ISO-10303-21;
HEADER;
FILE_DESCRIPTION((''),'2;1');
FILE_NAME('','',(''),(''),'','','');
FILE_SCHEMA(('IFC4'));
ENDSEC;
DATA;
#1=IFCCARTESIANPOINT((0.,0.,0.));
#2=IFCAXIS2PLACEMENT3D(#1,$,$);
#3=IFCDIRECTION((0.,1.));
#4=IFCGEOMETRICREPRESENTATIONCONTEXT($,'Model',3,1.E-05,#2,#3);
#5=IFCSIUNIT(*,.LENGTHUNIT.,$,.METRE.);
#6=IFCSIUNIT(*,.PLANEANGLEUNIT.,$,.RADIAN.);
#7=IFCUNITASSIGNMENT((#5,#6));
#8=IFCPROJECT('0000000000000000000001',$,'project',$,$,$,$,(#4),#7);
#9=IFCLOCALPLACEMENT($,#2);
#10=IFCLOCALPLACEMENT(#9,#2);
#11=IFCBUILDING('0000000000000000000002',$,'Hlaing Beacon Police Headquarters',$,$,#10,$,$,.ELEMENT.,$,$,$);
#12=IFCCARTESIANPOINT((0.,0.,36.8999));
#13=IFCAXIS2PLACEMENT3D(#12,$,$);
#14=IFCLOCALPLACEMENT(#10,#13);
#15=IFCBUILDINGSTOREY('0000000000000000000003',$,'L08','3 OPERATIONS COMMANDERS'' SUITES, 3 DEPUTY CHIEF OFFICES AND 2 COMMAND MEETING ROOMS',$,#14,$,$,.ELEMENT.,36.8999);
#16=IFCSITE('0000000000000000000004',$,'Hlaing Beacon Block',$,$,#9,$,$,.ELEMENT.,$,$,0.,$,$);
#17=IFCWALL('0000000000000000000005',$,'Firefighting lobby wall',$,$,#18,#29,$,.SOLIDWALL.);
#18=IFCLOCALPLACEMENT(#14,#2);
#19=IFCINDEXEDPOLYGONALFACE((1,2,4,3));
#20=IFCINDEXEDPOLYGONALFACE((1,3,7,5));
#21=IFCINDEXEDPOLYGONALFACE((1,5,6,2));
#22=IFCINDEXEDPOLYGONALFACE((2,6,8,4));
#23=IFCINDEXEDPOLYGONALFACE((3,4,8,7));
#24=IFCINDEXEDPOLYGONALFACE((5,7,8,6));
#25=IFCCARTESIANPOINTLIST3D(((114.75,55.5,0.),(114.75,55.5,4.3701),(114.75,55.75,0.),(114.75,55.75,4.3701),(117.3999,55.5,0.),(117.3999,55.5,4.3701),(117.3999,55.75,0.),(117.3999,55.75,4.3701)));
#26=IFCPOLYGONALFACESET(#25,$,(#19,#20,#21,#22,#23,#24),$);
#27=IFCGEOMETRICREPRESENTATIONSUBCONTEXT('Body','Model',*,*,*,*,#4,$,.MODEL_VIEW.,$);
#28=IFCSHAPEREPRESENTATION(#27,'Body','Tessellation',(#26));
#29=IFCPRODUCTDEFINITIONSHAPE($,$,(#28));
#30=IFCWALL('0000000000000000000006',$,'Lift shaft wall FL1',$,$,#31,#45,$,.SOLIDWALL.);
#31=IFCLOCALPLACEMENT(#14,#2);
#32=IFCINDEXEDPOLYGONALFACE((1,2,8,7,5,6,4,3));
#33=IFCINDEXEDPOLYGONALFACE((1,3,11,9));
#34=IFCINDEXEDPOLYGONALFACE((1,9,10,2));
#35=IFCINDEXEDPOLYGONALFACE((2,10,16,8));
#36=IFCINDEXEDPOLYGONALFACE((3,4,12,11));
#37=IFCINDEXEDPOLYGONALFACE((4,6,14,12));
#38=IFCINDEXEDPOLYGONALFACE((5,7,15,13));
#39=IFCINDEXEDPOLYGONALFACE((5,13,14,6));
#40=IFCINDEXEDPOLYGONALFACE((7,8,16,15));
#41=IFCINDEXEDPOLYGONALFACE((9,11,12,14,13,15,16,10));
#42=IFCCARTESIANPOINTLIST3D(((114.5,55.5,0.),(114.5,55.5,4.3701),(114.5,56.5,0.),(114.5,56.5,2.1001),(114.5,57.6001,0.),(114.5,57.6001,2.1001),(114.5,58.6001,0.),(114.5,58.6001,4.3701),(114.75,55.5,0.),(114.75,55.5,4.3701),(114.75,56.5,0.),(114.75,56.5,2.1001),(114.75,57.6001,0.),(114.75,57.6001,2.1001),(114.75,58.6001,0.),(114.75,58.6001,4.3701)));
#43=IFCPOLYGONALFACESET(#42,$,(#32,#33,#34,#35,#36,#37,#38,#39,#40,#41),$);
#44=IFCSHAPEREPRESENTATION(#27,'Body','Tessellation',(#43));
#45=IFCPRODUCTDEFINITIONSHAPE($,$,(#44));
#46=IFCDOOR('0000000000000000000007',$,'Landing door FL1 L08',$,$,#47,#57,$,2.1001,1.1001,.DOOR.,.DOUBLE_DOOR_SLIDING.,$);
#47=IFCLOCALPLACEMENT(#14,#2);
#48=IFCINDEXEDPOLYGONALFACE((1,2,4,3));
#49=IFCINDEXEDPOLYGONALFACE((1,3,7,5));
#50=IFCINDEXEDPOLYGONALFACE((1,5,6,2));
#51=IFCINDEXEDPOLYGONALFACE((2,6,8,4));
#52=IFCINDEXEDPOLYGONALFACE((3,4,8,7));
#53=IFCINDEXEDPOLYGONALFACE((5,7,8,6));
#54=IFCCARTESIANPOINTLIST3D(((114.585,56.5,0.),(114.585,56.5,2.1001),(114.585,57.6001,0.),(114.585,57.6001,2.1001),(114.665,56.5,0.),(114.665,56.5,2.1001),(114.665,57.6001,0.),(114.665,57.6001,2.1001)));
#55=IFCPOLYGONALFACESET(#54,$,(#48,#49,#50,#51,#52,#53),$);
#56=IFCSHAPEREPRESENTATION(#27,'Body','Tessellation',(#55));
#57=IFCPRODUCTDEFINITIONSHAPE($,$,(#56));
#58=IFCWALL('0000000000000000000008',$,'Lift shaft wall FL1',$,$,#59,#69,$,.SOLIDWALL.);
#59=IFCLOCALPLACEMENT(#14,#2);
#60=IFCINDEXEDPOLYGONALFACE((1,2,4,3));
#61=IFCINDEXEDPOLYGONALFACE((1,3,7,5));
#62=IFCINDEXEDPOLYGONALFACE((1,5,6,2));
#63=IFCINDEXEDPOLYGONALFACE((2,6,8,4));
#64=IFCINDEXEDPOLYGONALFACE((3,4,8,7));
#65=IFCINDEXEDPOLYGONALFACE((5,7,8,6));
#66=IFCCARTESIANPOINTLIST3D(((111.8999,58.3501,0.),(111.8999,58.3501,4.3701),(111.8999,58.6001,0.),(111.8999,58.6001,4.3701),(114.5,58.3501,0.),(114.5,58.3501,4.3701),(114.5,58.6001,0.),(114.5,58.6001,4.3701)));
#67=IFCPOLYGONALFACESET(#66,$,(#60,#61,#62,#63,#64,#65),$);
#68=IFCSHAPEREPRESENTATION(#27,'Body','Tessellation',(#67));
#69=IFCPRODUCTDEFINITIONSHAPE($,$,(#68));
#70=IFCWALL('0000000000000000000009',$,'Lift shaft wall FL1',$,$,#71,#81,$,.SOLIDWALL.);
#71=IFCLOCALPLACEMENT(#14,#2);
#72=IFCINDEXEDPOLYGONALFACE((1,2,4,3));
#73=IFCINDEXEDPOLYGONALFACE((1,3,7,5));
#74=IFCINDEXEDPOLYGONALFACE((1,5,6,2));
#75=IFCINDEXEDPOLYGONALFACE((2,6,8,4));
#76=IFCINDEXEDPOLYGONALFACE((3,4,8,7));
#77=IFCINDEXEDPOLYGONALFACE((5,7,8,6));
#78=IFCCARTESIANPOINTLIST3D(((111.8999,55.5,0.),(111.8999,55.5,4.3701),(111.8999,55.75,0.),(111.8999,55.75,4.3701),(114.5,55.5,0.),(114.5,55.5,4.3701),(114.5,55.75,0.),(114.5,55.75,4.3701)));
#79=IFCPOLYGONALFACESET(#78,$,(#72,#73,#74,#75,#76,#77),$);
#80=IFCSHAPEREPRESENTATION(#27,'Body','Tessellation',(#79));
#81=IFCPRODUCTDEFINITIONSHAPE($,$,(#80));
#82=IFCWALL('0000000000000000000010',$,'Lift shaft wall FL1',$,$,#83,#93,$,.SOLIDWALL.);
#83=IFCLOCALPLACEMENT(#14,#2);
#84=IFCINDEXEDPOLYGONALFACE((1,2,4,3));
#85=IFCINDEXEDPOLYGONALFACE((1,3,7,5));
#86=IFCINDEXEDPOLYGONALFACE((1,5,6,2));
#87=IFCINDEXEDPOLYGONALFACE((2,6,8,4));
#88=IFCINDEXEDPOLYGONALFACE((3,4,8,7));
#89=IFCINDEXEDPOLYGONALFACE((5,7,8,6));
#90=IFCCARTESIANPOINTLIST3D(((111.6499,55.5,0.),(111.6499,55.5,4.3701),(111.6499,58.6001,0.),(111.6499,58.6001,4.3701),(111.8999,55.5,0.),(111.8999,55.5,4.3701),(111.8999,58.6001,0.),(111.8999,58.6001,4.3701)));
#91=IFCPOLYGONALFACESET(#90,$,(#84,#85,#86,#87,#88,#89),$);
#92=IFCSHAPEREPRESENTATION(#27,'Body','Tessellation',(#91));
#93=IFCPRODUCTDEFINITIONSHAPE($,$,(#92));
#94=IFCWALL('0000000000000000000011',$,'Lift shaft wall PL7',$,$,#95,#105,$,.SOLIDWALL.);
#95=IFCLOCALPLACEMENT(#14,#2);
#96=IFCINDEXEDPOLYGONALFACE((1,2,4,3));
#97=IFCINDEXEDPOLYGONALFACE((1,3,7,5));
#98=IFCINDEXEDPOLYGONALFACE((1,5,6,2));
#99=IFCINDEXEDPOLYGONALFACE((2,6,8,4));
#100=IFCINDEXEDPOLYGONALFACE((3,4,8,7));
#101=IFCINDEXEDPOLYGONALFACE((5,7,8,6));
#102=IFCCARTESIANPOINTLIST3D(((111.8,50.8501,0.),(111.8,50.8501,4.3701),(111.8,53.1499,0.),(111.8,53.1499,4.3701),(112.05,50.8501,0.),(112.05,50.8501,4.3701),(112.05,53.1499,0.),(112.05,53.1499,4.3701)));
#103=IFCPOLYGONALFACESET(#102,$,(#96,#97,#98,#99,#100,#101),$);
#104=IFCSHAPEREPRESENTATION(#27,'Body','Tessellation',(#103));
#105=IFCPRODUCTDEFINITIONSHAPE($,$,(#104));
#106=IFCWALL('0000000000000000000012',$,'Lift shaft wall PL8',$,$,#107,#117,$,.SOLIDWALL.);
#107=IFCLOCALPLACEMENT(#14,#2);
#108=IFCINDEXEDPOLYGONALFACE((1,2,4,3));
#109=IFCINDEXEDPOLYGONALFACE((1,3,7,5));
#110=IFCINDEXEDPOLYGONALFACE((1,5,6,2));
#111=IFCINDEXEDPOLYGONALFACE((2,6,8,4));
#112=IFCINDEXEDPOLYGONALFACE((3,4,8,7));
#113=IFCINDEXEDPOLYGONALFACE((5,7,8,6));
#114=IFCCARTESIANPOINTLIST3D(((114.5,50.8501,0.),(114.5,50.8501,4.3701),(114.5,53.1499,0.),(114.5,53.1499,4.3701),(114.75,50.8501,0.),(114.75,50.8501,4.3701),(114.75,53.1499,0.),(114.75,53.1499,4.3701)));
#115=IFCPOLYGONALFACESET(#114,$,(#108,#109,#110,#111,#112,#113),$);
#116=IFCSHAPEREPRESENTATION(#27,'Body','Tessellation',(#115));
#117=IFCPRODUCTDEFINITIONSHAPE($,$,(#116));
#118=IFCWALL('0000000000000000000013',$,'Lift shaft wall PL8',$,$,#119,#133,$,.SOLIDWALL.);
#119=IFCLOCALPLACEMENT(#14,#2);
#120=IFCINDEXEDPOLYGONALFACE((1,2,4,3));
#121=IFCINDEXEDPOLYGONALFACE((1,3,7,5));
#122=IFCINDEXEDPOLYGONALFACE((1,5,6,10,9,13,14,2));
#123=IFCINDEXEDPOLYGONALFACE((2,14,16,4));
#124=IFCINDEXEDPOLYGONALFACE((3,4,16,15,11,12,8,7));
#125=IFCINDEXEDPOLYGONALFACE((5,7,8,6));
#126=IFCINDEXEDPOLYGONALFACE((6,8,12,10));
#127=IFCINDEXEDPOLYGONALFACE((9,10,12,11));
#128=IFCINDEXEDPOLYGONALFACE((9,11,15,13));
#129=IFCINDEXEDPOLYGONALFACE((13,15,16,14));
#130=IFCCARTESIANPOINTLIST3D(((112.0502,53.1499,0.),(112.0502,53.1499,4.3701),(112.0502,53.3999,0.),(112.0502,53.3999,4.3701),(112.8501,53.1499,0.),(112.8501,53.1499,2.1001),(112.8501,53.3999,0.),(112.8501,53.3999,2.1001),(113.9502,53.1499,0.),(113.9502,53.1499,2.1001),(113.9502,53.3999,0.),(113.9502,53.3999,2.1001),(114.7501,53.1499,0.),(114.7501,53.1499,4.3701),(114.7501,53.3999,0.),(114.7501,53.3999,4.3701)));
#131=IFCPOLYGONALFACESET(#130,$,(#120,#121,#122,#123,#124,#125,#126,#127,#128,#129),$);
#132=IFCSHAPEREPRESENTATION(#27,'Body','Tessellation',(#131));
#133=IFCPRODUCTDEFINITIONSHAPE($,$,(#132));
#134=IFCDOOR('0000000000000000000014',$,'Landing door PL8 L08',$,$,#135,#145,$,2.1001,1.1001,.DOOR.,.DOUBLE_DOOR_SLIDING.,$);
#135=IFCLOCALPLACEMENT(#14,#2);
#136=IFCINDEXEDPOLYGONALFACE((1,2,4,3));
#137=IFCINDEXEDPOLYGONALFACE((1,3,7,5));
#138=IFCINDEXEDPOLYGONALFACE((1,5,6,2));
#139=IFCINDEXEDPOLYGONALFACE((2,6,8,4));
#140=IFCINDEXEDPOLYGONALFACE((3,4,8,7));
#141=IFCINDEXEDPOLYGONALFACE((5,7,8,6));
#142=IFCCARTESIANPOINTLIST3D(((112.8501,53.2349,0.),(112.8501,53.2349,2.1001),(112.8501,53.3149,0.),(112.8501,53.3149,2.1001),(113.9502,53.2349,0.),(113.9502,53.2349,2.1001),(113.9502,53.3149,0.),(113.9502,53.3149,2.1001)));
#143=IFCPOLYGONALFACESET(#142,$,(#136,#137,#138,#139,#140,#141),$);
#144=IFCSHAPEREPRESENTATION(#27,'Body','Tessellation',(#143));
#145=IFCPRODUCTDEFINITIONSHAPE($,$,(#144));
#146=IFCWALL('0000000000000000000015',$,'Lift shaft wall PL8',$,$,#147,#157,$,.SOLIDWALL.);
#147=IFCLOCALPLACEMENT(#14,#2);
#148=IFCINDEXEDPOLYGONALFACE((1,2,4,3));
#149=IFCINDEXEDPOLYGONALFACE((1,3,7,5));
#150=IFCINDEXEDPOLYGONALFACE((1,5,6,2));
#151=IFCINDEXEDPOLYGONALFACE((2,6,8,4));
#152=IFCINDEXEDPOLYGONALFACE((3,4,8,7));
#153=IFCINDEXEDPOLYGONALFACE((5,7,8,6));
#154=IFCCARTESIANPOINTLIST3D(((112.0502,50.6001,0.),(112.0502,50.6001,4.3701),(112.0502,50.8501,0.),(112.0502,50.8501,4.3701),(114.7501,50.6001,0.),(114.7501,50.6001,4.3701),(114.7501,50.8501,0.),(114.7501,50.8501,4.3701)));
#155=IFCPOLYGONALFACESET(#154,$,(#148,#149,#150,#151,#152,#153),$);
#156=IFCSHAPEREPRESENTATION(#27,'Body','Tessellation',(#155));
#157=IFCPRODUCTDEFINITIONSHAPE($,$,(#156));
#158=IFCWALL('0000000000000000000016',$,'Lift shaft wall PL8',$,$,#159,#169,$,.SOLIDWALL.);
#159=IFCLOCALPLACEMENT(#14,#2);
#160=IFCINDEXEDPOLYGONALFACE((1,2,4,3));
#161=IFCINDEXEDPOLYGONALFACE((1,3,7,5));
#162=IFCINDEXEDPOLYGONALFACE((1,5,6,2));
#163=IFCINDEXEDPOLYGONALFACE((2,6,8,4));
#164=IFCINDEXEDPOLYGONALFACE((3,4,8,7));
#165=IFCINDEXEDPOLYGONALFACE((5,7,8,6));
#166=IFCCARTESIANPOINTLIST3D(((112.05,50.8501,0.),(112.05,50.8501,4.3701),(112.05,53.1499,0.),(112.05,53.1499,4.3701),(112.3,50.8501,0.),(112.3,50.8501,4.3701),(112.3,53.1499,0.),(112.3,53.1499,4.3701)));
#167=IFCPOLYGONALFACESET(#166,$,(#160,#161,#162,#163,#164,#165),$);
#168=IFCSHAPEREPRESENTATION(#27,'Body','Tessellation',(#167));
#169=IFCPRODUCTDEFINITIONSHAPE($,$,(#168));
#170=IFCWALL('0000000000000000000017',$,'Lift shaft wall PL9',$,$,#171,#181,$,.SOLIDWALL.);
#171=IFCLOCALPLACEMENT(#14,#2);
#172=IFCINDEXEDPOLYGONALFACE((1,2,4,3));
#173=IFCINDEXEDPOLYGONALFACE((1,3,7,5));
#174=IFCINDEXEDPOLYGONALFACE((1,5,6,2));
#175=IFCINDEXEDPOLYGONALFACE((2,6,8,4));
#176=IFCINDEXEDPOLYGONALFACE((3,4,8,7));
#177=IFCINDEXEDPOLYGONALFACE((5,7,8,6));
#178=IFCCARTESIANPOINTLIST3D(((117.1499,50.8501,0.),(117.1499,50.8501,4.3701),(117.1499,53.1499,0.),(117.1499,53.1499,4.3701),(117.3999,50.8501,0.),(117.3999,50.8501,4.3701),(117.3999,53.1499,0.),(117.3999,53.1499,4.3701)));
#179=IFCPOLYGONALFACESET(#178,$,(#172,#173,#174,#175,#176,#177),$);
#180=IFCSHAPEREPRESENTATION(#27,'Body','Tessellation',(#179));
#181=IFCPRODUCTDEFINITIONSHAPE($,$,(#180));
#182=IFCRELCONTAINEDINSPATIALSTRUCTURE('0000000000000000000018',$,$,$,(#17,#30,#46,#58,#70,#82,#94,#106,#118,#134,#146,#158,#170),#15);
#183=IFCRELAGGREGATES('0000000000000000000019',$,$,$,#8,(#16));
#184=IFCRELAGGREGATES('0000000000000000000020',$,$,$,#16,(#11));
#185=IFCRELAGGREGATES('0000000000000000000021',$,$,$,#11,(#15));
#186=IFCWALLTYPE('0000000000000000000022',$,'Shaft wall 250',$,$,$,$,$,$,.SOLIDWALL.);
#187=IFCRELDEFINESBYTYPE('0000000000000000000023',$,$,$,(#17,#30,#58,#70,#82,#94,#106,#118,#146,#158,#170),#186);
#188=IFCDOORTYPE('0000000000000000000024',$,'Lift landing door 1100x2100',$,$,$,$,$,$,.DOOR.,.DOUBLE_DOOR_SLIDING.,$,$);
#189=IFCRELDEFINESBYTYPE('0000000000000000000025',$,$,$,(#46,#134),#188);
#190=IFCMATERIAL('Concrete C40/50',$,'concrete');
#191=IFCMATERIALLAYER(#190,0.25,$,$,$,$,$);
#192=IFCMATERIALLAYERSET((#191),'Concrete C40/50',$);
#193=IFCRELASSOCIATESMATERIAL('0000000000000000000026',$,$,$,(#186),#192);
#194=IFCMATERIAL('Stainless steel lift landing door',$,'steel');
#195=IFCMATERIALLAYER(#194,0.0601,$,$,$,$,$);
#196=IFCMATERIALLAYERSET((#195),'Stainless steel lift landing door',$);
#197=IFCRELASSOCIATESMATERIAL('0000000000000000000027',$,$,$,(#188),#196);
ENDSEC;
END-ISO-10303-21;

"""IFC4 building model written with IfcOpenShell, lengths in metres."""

from ifc_helpers import new_model, si_unit, direction, frame, frame_2d, origin, place, context, subcontext, project, spatial, rectangle, extrude, material, layer, layer_set, type_object, element, fill, save


model = new_model("IFC4")

# Units and contexts
model_context = context("Model", 3, precision=1e-05, world=origin(), true_north=direction((0.0, 1.0)))
body_context = subcontext(model_context, "Body", "Model", "MODEL_VIEW")
ifc_project = project(units=[si_unit("LENGTHUNIT", "METRE"), si_unit("PLANEANGLEUNIT", "RADIAN")], contexts=[model_context])

# Site, building, storey
site_placement = place(None, origin())
site = spatial("IfcSite", under=ifc_project, at=site_placement, Name="Hlaing Beacon Block", CompositionType="ELEMENT", RefElevation=0.0)
building_placement = place(site_placement, origin())
building = spatial("IfcBuilding", under=site, at=building_placement, Name="Hlaing Beacon Police Headquarters", CompositionType="ELEMENT")
storey_placement = place(building_placement, frame((0.0, 0.0, 36.8999)))
storey = spatial("IfcBuildingStorey", under=building, at=storey_placement, Name="L08", Description="3 OPERATIONS COMMANDERS' SUITES, 3 DEPUTY CHIEF OFFICES AND 2 COMMAND MEETING ROOMS", CompositionType="ELEMENT", Elevation=36.8999)

# Wall
ifc_material_1 = material(Name="Concrete C40/50", Category="concrete")
ifc_layer_1 = layer(ifc_material_1, 0.25)
ifc_layer_set_1 = layer_set([ifc_layer_1], Name="Concrete C40/50")
wall_type = type_object("IfcWallType", Name="Shaft wall 250", PredefinedType="SOLIDWALL", material=ifc_layer_set_1)
wall_1_placement = place(storey_placement, frame((114.75, 55.625, 0.0), z_axis=(0.0, 0.0, 1.0), x_axis=(1.0, 0.0, 0.0)))
element("IfcWall", 1, at=wall_1_placement, inside=storey, type_object=wall_type, Name="Firefighting lobby wall", PredefinedType="SOLIDWALL", context=body_context, shape_type="SweptSolid", body=[
    extrude(rectangle(XDim=2.6499, YDim=0.25, at=frame_2d((1.325, 0.0))), origin(), (0.0, 0.0, 1.0), 4.3701),
])

# Wall, opening, door
wall_2_placement = place(storey_placement, frame((114.625, 55.5, 0.0), z_axis=(0.0, 0.0, 1.0), x_axis=(0.0, 1.0, 0.0)))
wall_2 = element("IfcWall", 2, at=wall_2_placement, inside=storey, type_object=wall_type, Name="Lift shaft wall FL1", PredefinedType="SOLIDWALL", context=body_context, shape_type="SweptSolid", body=[
    extrude(rectangle(XDim=3.1001, YDim=0.25, at=frame_2d((1.55, 0.0))), origin(), (0.0, 0.0, 1.0), 4.3701),
])
opening_1_placement = place(wall_2_placement, frame((1.0, 0.0, 0.0)))
opening_1 = element("IfcOpeningElement", 3, at=opening_1_placement, cuts=wall_2, PredefinedType="OPENING", context=body_context, shape_type="SweptSolid", body=[
    extrude(rectangle(XDim=1.1001, YDim=2.1001, at=frame_2d((0.55, 1.05))), frame((0.0, 0.135, 0.0), z_axis=(0.0, -1.0, 0.0), x_axis=(1.0, 0.0, 0.0)), (0.0, 0.0, 1.0), 0.27),
])
ifc_material_2 = material(Name="Stainless steel lift landing door", Category="steel")
ifc_layer_2 = layer(ifc_material_2, 0.0601)
ifc_layer_set_2 = layer_set([ifc_layer_2], Name="Stainless steel lift landing door")
door_type = type_object("IfcDoorType", Name="Lift landing door 1100x2100", OperationType="DOUBLE_DOOR_SLIDING", PredefinedType="DOOR", material=ifc_layer_set_2)
door_1_placement = place(opening_1_placement, origin())
door_1 = element("IfcDoor", 4, at=door_1_placement, inside=storey, type_object=door_type, Name="Landing door FL1 L08", OperationType="DOUBLE_DOOR_SLIDING", OverallHeight=2.1001, OverallWidth=1.1001, PredefinedType="DOOR", context=body_context, shape_type="SweptSolid", body=[
    extrude(rectangle(XDim=1.1001, YDim=2.1001, at=frame_2d((0.55, 1.05))), frame((0.0, 0.04, 0.0), z_axis=(0.0, -1.0, 0.0), x_axis=(1.0, 0.0, 0.0)), (0.0, 0.0, 1.0), 0.0801),
])
fill(opening_1, door_1)

# Walls
for number, where, z_axis, x_axis, name in (
    (5, (111.8999, 58.4751, 0.0), (0.0, 0.0, 1.0), (1.0, 0.0, 0.0), "Lift shaft wall FL1"),
    (6, (111.8999, 55.625, 0.0), (0.0, 0.0, 1.0), (1.0, 0.0, 0.0), "Lift shaft wall FL1"),
):
    element("IfcWall", number, at=place(storey_placement, frame(where, z_axis=z_axis, x_axis=x_axis)), inside=storey, type_object=wall_type, Name=name, PredefinedType="SOLIDWALL", context=body_context, shape_type="SweptSolid", body=[
        extrude(rectangle(XDim=2.6001, YDim=0.25, at=frame_2d((1.3, 0.0))), origin(), (0.0, 0.0, 1.0), 4.3701),
    ])
wall_3_placement = place(storey_placement, frame((111.7749, 55.5, 0.0), z_axis=(0.0, 0.0, 1.0), x_axis=(0.0, 1.0, 0.0)))
element("IfcWall", 7, at=wall_3_placement, inside=storey, type_object=wall_type, Name="Lift shaft wall FL1", PredefinedType="SOLIDWALL", context=body_context, shape_type="SweptSolid", body=[
    extrude(rectangle(XDim=3.1001, YDim=0.25, at=frame_2d((1.55, 0.0))), origin(), (0.0, 0.0, 1.0), 4.3701),
])
for number, where, z_axis, x_axis, name in (
    (8, (111.925, 50.8501, 0.0), (0.0, 0.0, 1.0), (0.0, 1.0, 0.0), "Lift shaft wall PL7"),
    (9, (114.625, 50.8501, 0.0), (0.0, 0.0, 1.0), (0.0, 1.0, 0.0), "Lift shaft wall PL8"),
):
    element("IfcWall", number, at=place(storey_placement, frame(where, z_axis=z_axis, x_axis=x_axis)), inside=storey, type_object=wall_type, Name=name, PredefinedType="SOLIDWALL", context=body_context, shape_type="SweptSolid", body=[
        extrude(rectangle(XDim=2.2998, YDim=0.25, at=frame_2d((1.1499, 0.0))), origin(), (0.0, 0.0, 1.0), 4.3701),
    ])

# Wall, opening, door
wall_4_placement = place(storey_placement, frame((112.05, 53.2749, 0.0), z_axis=(0.0, 0.0, 1.0), x_axis=(1.0, 0.0, 0.0)))
wall_4 = element("IfcWall", 10, at=wall_4_placement, inside=storey, type_object=wall_type, Name="Lift shaft wall PL8", PredefinedType="SOLIDWALL", context=body_context, shape_type="SweptSolid", body=[
    extrude(rectangle(XDim=2.7, YDim=0.25, at=frame_2d((1.3501, 0.0))), origin(), (0.0, 0.0, 1.0), 4.3701),
])
opening_2_placement = place(wall_4_placement, frame((0.8, 0.0, 0.0)))
opening_2 = element("IfcOpeningElement", 11, at=opening_2_placement, cuts=wall_4, PredefinedType="OPENING", context=body_context, shape_type="SweptSolid", body=[
    extrude(rectangle(XDim=1.1001, YDim=2.1001, at=frame_2d((0.55, 1.05))), frame((0.0, 0.135, 0.0), z_axis=(0.0, -1.0, 0.0), x_axis=(1.0, 0.0, 0.0)), (0.0, 0.0, 1.0), 0.27),
])
door_2_placement = place(opening_2_placement, origin())
door_2 = element("IfcDoor", 12, at=door_2_placement, inside=storey, type_object=door_type, Name="Landing door PL8 L08", OperationType="DOUBLE_DOOR_SLIDING", OverallHeight=2.1001, OverallWidth=1.1001, PredefinedType="DOOR", context=body_context, shape_type="SweptSolid", body=[
    extrude(rectangle(XDim=1.1001, YDim=2.1001, at=frame_2d((0.55, 1.05))), frame((0.0, 0.04, 0.0), z_axis=(0.0, -1.0, 0.0), x_axis=(1.0, 0.0, 0.0)), (0.0, 0.0, 1.0), 0.0801),
])
fill(opening_2, door_2)

# Walls
wall_5_placement = place(storey_placement, frame((112.05, 50.7251, 0.0), z_axis=(0.0, 0.0, 1.0), x_axis=(1.0, 0.0, 0.0)))
element("IfcWall", 13, at=wall_5_placement, inside=storey, type_object=wall_type, Name="Lift shaft wall PL8", PredefinedType="SOLIDWALL", context=body_context, shape_type="SweptSolid", body=[
    extrude(rectangle(XDim=2.7, YDim=0.25, at=frame_2d((1.3501, 0.0))), origin(), (0.0, 0.0, 1.0), 4.3701),
])
for number, where, z_axis, x_axis, name in (
    (14, (112.175, 50.8501, 0.0), (0.0, 0.0, 1.0), (0.0, 1.0, 0.0), "Lift shaft wall PL8"),
    (15, (117.2749, 50.8501, 0.0), (0.0, 0.0, 1.0), (0.0, 1.0, 0.0), "Lift shaft wall PL9"),
):
    element("IfcWall", number, at=place(storey_placement, frame(where, z_axis=z_axis, x_axis=x_axis)), inside=storey, type_object=wall_type, Name=name, PredefinedType="SOLIDWALL", context=body_context, shape_type="SweptSolid", body=[
        extrude(rectangle(XDim=2.2998, YDim=0.25, at=frame_2d((1.1499, 0.0))), origin(), (0.0, 0.0, 1.0), 4.3701),
    ])

save(model, "model.ifc")
